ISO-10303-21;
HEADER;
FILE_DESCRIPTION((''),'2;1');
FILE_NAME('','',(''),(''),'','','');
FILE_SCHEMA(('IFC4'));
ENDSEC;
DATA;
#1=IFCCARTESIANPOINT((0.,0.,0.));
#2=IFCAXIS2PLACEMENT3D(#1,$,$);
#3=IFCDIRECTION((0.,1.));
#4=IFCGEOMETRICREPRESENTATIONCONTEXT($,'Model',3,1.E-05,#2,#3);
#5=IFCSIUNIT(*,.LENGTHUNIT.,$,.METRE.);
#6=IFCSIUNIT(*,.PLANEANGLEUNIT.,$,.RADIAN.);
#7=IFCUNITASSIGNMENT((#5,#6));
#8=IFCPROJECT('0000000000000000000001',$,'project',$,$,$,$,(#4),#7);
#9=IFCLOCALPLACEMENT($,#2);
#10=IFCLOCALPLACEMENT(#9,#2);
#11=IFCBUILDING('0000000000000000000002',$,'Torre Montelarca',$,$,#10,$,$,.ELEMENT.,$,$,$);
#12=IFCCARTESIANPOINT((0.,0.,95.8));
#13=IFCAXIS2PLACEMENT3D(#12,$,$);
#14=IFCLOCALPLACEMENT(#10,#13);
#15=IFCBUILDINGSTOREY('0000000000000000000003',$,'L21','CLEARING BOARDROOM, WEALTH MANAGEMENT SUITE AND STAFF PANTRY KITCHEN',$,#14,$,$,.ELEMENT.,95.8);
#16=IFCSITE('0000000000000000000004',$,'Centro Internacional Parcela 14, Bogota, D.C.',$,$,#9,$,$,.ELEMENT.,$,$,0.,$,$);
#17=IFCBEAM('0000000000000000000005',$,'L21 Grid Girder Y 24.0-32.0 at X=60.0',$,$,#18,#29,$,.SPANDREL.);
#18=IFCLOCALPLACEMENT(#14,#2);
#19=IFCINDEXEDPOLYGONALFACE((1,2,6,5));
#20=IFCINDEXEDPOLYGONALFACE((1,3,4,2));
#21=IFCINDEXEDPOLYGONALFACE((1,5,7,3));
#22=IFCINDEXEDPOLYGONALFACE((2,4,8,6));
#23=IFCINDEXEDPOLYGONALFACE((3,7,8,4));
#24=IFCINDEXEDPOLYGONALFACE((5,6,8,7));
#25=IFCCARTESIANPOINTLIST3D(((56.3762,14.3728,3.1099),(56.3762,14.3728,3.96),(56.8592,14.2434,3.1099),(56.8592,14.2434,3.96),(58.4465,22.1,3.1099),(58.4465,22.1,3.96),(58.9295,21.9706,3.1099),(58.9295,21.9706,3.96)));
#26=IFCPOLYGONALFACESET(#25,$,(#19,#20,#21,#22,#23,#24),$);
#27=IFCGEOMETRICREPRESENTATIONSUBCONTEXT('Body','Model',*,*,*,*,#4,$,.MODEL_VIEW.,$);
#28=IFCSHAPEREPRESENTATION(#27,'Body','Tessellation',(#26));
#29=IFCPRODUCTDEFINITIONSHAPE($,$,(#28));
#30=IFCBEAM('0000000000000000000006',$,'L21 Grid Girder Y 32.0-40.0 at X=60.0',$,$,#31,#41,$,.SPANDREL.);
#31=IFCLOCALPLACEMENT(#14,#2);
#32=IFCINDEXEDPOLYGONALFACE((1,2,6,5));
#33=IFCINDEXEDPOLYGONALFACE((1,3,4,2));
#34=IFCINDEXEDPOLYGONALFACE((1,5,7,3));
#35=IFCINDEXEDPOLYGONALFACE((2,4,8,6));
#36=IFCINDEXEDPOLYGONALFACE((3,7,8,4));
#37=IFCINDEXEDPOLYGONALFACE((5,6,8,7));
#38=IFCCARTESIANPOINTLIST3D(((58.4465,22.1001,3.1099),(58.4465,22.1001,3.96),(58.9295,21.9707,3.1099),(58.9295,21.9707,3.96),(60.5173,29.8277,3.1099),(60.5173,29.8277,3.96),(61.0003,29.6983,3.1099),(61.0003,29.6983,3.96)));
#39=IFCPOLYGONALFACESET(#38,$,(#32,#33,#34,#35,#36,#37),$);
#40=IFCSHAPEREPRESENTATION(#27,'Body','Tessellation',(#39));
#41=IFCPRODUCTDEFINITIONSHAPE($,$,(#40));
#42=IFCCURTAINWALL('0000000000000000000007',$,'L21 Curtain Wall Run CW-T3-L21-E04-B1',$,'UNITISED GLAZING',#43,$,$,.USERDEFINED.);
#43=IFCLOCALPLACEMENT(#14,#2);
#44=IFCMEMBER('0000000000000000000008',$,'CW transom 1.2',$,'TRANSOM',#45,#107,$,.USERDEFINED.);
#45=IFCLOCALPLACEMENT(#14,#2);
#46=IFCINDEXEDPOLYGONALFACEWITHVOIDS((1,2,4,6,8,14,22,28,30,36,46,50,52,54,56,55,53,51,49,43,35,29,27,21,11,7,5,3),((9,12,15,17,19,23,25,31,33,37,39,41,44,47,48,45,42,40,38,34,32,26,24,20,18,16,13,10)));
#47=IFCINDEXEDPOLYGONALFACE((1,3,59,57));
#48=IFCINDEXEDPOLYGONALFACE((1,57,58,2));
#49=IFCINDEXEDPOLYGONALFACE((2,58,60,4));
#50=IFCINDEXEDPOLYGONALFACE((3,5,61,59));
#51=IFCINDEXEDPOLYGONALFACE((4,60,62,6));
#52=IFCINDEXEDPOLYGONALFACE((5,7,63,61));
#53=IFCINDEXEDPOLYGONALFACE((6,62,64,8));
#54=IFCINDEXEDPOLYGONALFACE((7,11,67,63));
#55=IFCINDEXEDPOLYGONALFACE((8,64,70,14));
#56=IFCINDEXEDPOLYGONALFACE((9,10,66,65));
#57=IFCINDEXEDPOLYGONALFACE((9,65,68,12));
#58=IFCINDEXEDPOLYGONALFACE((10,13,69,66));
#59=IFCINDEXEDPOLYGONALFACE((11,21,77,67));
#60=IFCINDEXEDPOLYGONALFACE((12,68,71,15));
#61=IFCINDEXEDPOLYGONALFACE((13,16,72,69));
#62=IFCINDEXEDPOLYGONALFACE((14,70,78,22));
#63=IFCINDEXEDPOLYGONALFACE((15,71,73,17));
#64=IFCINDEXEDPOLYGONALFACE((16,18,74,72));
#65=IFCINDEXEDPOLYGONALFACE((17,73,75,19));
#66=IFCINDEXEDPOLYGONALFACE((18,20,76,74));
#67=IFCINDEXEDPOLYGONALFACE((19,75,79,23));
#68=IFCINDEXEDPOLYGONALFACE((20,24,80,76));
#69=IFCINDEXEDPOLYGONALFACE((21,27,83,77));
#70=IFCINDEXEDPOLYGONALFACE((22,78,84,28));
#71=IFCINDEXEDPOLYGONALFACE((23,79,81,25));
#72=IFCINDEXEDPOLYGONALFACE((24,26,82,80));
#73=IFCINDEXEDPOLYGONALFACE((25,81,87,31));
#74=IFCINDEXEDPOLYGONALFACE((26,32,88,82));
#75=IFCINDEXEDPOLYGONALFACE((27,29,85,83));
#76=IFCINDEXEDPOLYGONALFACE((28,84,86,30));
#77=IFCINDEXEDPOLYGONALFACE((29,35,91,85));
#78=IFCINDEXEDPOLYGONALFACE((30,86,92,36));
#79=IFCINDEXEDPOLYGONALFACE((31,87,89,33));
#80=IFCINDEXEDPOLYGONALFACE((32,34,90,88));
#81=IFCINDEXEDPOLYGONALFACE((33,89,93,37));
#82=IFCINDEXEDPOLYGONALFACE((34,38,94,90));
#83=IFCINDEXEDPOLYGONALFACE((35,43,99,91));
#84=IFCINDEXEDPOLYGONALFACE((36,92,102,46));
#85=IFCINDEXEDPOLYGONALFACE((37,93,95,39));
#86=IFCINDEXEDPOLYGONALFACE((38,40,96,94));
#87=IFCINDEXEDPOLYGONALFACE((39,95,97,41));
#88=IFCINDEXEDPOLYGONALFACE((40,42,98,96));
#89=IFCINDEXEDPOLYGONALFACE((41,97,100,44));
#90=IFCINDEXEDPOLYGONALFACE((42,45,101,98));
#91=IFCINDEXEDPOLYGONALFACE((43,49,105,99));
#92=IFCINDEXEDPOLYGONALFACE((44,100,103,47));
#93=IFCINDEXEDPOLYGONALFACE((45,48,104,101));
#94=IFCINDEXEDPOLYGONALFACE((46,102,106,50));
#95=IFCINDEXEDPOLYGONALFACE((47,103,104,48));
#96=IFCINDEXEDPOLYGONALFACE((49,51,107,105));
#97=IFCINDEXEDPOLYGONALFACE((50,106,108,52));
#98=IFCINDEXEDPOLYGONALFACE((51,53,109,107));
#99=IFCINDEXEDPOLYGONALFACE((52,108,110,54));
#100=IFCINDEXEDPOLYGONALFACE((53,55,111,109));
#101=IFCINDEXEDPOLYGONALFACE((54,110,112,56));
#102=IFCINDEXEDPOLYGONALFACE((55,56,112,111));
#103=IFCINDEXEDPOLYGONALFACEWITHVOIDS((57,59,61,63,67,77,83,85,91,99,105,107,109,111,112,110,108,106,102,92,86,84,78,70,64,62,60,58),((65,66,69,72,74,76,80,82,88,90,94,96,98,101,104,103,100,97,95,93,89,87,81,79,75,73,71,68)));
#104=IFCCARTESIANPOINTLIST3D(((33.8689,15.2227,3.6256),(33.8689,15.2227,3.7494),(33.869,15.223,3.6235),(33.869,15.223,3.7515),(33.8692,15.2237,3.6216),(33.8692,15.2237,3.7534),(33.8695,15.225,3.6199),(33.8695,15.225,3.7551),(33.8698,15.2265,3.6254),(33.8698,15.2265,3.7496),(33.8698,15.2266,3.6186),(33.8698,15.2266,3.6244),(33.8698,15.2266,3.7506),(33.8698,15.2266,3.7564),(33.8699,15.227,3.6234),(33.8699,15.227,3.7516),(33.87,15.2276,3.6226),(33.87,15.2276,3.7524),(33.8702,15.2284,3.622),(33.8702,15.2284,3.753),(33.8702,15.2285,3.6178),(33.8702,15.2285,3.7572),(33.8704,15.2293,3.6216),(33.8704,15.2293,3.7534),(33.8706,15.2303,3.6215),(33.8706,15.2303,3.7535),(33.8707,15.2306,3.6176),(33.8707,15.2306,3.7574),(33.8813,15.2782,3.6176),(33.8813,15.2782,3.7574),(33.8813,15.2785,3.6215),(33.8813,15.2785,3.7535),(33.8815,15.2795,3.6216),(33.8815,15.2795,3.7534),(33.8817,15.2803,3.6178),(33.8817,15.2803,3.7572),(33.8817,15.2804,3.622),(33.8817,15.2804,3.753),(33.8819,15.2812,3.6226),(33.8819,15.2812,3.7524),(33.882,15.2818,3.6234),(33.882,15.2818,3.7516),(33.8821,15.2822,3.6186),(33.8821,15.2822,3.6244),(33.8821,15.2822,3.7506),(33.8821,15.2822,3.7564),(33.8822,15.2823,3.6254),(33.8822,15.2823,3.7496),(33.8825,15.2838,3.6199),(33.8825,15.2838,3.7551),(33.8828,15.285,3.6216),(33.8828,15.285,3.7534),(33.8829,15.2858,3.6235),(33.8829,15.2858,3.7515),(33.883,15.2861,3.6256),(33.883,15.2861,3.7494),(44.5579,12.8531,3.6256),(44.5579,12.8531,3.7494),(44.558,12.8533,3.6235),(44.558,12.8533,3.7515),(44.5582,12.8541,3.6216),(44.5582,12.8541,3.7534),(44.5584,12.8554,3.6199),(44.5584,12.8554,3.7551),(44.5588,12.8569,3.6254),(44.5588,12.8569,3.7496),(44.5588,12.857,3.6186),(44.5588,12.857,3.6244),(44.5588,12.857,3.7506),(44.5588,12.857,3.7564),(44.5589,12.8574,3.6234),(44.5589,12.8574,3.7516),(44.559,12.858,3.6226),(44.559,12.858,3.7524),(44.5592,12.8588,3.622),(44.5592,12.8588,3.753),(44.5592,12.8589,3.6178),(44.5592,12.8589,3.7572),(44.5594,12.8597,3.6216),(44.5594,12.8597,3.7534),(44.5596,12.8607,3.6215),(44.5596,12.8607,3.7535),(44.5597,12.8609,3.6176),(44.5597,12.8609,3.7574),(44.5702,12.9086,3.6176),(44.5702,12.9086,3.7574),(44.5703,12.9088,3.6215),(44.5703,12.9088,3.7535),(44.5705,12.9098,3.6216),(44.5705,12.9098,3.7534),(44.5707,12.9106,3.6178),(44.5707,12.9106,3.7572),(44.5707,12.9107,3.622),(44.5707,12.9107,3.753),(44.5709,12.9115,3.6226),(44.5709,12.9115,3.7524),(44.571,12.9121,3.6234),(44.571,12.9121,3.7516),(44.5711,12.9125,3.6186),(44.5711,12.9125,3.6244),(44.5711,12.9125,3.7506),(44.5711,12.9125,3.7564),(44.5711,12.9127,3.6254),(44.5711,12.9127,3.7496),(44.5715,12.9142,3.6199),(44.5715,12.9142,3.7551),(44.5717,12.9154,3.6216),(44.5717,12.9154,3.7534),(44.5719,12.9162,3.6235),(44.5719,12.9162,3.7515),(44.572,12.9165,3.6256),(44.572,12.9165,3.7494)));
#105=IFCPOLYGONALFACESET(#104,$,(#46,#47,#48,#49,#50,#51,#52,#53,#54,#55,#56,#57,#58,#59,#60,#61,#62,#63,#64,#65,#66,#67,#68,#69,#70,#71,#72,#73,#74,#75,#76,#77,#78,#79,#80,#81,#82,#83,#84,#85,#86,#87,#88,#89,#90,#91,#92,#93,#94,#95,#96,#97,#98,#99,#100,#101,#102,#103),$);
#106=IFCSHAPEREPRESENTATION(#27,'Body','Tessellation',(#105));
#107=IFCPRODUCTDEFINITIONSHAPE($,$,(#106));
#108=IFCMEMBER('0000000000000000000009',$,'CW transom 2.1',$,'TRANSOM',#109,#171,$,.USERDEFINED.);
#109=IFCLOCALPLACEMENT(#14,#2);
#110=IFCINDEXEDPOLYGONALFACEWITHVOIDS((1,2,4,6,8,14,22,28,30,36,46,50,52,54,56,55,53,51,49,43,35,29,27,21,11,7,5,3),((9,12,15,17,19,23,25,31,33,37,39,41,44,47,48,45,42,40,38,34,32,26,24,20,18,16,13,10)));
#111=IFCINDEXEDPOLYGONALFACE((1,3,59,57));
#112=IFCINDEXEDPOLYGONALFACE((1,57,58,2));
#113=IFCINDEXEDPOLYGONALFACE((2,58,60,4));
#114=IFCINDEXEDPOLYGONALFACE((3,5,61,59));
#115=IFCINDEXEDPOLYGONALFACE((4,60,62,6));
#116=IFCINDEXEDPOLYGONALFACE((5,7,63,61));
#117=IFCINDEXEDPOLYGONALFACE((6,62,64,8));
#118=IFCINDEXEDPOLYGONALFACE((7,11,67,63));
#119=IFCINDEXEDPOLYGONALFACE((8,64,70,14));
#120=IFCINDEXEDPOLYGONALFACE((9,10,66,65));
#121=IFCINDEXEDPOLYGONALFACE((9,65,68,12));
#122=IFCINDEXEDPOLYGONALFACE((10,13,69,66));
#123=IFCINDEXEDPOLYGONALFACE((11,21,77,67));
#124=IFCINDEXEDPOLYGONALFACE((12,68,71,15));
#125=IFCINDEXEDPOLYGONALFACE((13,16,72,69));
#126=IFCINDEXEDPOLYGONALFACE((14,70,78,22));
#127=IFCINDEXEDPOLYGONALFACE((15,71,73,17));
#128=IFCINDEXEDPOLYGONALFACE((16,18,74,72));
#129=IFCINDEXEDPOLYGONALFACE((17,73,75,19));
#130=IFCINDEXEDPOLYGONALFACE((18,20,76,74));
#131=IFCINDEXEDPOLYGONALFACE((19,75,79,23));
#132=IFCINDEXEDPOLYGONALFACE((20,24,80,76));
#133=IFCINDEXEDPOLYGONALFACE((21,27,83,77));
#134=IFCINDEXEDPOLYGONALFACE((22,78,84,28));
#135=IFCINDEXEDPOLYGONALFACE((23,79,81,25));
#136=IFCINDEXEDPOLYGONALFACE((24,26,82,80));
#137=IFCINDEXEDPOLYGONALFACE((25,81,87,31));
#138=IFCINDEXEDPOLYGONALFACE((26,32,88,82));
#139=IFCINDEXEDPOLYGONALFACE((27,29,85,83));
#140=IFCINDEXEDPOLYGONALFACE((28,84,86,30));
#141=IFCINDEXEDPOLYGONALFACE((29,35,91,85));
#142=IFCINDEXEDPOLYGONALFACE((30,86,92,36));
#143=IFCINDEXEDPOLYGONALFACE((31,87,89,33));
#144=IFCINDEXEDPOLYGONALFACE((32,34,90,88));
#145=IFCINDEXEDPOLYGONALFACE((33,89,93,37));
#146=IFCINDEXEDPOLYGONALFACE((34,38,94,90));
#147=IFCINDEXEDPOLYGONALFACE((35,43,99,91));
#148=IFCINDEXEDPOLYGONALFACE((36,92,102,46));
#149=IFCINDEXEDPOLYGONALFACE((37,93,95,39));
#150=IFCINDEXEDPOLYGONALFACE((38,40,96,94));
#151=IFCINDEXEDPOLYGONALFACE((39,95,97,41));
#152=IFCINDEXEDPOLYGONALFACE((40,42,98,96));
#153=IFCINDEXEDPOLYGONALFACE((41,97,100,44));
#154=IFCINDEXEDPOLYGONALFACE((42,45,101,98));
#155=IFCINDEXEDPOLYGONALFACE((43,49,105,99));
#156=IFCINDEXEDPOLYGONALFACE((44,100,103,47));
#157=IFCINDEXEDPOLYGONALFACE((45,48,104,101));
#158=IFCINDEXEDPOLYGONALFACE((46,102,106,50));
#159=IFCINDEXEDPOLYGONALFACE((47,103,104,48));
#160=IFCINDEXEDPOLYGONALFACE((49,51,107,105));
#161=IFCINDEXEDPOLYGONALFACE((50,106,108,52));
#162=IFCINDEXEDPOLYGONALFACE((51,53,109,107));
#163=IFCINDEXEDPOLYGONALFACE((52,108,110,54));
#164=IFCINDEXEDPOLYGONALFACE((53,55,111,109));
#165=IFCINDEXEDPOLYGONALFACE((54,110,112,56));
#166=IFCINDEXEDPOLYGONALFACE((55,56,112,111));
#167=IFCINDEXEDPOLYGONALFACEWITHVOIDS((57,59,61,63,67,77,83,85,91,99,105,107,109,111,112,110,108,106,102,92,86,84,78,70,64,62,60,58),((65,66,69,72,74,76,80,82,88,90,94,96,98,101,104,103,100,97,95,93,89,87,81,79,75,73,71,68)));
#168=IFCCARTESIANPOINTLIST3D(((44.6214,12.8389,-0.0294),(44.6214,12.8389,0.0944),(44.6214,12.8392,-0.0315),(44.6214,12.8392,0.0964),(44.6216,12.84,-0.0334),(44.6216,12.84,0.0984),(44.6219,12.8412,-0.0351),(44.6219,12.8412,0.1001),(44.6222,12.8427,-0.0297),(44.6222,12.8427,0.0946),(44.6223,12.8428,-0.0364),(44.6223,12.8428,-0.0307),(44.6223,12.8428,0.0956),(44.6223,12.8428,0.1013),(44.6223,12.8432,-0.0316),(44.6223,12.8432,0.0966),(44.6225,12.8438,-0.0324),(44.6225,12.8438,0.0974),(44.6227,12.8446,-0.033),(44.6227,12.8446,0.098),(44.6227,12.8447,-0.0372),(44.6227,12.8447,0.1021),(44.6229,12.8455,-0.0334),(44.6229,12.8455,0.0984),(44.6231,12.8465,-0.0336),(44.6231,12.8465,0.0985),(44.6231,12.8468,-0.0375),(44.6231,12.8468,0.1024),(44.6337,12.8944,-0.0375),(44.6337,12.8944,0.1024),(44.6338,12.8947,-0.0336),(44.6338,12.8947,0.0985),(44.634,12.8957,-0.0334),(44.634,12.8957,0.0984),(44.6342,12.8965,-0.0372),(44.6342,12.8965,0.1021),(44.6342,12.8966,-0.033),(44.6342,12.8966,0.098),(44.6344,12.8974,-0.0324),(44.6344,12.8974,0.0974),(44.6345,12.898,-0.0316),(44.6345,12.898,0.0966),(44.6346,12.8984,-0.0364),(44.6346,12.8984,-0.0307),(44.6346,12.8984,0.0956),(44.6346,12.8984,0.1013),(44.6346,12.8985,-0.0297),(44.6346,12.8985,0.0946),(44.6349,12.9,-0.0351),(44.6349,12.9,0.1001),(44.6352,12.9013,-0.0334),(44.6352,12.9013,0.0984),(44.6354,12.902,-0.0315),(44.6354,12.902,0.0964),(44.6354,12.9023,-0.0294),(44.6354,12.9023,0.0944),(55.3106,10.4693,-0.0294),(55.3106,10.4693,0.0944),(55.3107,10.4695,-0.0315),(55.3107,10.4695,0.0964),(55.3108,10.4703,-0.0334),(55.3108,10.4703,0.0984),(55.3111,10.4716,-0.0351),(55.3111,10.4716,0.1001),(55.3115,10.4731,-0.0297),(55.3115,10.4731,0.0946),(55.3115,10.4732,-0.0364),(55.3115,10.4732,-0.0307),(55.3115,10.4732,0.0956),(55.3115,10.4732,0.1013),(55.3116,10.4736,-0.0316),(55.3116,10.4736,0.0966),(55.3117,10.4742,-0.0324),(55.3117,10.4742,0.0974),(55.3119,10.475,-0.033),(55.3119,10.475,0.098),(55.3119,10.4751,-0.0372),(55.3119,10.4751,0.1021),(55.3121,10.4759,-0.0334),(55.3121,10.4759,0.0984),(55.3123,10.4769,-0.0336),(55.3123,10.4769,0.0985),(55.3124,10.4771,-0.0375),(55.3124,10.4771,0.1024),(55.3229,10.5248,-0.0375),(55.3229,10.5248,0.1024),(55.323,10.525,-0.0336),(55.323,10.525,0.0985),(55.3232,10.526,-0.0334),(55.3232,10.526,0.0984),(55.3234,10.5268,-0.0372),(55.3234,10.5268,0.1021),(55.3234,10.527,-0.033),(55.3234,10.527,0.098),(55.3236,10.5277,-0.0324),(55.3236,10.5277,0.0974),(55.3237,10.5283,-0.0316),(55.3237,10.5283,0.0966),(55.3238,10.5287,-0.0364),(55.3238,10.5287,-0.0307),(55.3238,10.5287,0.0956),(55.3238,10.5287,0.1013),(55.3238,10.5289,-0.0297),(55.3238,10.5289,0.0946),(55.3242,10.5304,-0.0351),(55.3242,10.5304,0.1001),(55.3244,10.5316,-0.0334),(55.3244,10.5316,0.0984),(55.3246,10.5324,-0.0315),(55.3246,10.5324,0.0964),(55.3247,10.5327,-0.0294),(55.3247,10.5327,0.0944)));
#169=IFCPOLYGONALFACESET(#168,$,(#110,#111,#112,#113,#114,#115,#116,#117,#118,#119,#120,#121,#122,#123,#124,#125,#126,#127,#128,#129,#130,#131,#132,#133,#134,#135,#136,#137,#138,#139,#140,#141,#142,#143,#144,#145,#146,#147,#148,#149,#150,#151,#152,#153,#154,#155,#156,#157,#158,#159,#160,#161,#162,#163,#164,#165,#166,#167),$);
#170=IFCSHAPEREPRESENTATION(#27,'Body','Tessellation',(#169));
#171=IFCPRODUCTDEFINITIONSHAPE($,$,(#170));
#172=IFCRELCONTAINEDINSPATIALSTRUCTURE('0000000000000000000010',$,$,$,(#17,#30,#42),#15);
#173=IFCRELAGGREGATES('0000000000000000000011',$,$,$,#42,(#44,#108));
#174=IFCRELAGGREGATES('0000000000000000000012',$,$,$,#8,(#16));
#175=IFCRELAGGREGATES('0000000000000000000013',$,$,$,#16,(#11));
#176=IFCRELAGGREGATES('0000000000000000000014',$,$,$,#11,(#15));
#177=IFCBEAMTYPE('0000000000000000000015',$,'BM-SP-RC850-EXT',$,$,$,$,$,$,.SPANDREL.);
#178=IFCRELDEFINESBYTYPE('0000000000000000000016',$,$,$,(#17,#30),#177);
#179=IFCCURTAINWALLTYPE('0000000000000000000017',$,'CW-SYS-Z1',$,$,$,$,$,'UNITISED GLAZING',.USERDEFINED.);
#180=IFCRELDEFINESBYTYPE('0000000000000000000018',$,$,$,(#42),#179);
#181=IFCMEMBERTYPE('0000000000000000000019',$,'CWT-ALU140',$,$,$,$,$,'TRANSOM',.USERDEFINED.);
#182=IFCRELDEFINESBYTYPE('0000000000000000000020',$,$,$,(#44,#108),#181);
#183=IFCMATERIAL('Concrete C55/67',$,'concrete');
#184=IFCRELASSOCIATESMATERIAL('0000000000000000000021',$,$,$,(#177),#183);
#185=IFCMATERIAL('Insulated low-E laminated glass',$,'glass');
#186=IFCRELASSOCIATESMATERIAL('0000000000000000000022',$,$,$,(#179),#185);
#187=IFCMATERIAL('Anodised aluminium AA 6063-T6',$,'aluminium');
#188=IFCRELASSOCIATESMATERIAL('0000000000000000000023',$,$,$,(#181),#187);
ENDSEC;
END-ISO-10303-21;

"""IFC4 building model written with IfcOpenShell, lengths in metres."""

from ifc_helpers import new_model, si_unit, direction, frame, origin, origin_2d, place, context, subcontext, project, spatial, rectangle, hollow_rectangle, extrude, source, transform, mapped, material, material_profile, profile_set, type_object, element, aggregate, save


model = new_model("IFC4")

# Units and contexts
model_context = context("Model", 3, precision=1e-05, world=origin(), true_north=direction((0.0, 1.0)))
body_context = subcontext(model_context, "Body", "Model", "MODEL_VIEW")
ifc_project = project(units=[si_unit("LENGTHUNIT", "METRE"), si_unit("PLANEANGLEUNIT", "RADIAN")], contexts=[model_context])

# Site, building, storey
site_placement = place(None, origin())
site = spatial("IfcSite", under=ifc_project, at=site_placement, Name="Centro Internacional Parcela 14, Bogota, D.C.", CompositionType="ELEMENT", RefElevation=0.0)
building_placement = place(site_placement, origin())
building = spatial("IfcBuilding", under=site, at=building_placement, Name="Torre Montelarca", CompositionType="ELEMENT")
storey_placement = place(building_placement, frame((0.0, 0.0, 95.8)))
storey = spatial("IfcBuildingStorey", under=building, at=storey_placement, Name="L21", Description="CLEARING BOARDROOM, WEALTH MANAGEMENT SUITE AND STAFF PANTRY KITCHEN", CompositionType="ELEMENT", Elevation=95.8)

# Beams
ifc_material_1 = material(Name="Concrete C55/67", Category="concrete")
ifc_material_profile_1 = material_profile(ifc_material_1, rectangle(XDim=0.5, YDim=0.8501, at=origin_2d()), Name="RCB500X850", Category="concrete")
ifc_profile_set_1 = profile_set([ifc_material_profile_1], Name="Concrete C55/67")
beam_type = type_object("IfcBeamType", Name="BM-SP-RC850-EXT", PredefinedType="SPANDREL", material=ifc_profile_set_1)
shared_shape_1 = source(origin(), body_context, "Body", "SweptSolid", [
    extrude(rectangle(XDim=0.5, YDim=0.8501, at=origin_2d()), origin(), (0.0, 0.0, 1.0), 7.9998),
])
beam_1_placement = place(storey_placement, frame((56.6177, 14.3081, 3.5349), z_axis=(0.258795, 0.965932, 0.0), x_axis=(-0.965932, 0.258795, 0.0)))
element("IfcBeam", 1, at=beam_1_placement, inside=storey, type_object=beam_type, Name="L21 Grid Girder Y 24.0-32.0 at X=60.0", PredefinedType="SPANDREL", context=body_context, shape_type="MappedRepresentation", body=[
    mapped(shared_shape_1, transform((0.0, 0.0, 0.0), scale=1.0)),
])
shared_shape_2 = source(origin(), body_context, "Body", "SweptSolid", [
    extrude(rectangle(XDim=0.5, YDim=0.8501, at=origin_2d()), origin(), (0.0, 0.0, 1.0), 8.0002),
])
beam_2_placement = place(storey_placement, frame((58.688, 22.0354, 3.5349), z_axis=(0.258844, 0.965919, 0.0), x_axis=(-0.965919, 0.258844, 0.0)))
element("IfcBeam", 2, at=beam_2_placement, inside=storey, type_object=beam_type, Name="L21 Grid Girder Y 32.0-40.0 at X=60.0", PredefinedType="SPANDREL", context=body_context, shape_type="MappedRepresentation", body=[
    mapped(shared_shape_2, transform((0.0, 0.0, 0.0), scale=1.0)),
])

# Curtain wall, members
ifc_material_2 = material(Name="Insulated low-E laminated glass", Category="glass")
curtain_wall_type = type_object("IfcCurtainWallType", Name="CW-SYS-Z1", ElementType="UNITISED GLAZING", PredefinedType="USERDEFINED", material=ifc_material_2)
curtain_wall_1_placement = place(storey_placement, origin())
curtain_wall_1 = element("IfcCurtainWall", 3, at=curtain_wall_1_placement, inside=storey, type_object=curtain_wall_type, Name="L21 Curtain Wall Run CW-T3-L21-E04-B1", ObjectType="UNITISED GLAZING", PredefinedType="USERDEFINED")
ifc_material_3 = material(Name="Anodised aluminium AA 6063-T6", Category="aluminium")
ifc_material_profile_2 = material_profile(ifc_material_3, hollow_rectangle(XDim=0.0649, YDim=0.1399, WallThickness=0.0039, InnerFilletRadius=0.0039, OuterFilletRadius=0.0081, at=origin_2d()), Name="ALU65X140X4", Category="aluminium")
ifc_profile_set_2 = profile_set([ifc_material_profile_2], Name="Anodised aluminium AA 6063-T6")
member_type_1 = type_object("IfcMemberType", Name="CWT-ALU140", ElementType="TRANSOM", PredefinedType="USERDEFINED", material=ifc_profile_set_2)
shared_shape_3 = source(origin(), body_context, "Body", "SweptSolid", [
    extrude(hollow_rectangle(XDim=0.0649, YDim=0.1399, WallThickness=0.0039, InnerFilletRadius=0.0039, OuterFilletRadius=0.0081, at=origin_2d()), origin(), (0.0, 0.0, 1.0), 10.9485),
])
member_1_placement = place(storey_placement, frame((33.876, 15.2544, 3.6875), z_axis=(0.976297, -0.216435, 0.0), x_axis=(0.216435, 0.976297, 0.0)))
member_1 = element("IfcMember", 4, at=member_1_placement, type_object=member_type_1, Name="CW transom 1.2", ObjectType="TRANSOM", PredefinedType="USERDEFINED", context=body_context, shape_type="MappedRepresentation", body=[
    mapped(shared_shape_3, transform((0.0, 0.0, 0.0), scale=1.0)),
])
shared_shape_4 = source(origin(), body_context, "Body", "SweptSolid", [
    extrude(hollow_rectangle(XDim=0.0649, YDim=0.1399, WallThickness=0.0039, InnerFilletRadius=0.0039, OuterFilletRadius=0.0081, at=origin_2d()), origin(), (0.0, 0.0, 1.0), 10.9487),
])
member_2_placement = place(storey_placement, frame((44.6284, 12.8706, 0.0325), z_axis=(0.976298, -0.21643, 0.0), x_axis=(0.21643, 0.976298, 0.0)))
member_2 = element("IfcMember", 5, at=member_2_placement, type_object=member_type_1, Name="CW transom 2.1", ObjectType="TRANSOM", PredefinedType="USERDEFINED", context=body_context, shape_type="MappedRepresentation", body=[
    mapped(shared_shape_4, transform((0.0, 0.0, 0.0), scale=1.0)),
])

aggregate(curtain_wall_1, [member_1, member_2])

save(model, "model.ifc")
